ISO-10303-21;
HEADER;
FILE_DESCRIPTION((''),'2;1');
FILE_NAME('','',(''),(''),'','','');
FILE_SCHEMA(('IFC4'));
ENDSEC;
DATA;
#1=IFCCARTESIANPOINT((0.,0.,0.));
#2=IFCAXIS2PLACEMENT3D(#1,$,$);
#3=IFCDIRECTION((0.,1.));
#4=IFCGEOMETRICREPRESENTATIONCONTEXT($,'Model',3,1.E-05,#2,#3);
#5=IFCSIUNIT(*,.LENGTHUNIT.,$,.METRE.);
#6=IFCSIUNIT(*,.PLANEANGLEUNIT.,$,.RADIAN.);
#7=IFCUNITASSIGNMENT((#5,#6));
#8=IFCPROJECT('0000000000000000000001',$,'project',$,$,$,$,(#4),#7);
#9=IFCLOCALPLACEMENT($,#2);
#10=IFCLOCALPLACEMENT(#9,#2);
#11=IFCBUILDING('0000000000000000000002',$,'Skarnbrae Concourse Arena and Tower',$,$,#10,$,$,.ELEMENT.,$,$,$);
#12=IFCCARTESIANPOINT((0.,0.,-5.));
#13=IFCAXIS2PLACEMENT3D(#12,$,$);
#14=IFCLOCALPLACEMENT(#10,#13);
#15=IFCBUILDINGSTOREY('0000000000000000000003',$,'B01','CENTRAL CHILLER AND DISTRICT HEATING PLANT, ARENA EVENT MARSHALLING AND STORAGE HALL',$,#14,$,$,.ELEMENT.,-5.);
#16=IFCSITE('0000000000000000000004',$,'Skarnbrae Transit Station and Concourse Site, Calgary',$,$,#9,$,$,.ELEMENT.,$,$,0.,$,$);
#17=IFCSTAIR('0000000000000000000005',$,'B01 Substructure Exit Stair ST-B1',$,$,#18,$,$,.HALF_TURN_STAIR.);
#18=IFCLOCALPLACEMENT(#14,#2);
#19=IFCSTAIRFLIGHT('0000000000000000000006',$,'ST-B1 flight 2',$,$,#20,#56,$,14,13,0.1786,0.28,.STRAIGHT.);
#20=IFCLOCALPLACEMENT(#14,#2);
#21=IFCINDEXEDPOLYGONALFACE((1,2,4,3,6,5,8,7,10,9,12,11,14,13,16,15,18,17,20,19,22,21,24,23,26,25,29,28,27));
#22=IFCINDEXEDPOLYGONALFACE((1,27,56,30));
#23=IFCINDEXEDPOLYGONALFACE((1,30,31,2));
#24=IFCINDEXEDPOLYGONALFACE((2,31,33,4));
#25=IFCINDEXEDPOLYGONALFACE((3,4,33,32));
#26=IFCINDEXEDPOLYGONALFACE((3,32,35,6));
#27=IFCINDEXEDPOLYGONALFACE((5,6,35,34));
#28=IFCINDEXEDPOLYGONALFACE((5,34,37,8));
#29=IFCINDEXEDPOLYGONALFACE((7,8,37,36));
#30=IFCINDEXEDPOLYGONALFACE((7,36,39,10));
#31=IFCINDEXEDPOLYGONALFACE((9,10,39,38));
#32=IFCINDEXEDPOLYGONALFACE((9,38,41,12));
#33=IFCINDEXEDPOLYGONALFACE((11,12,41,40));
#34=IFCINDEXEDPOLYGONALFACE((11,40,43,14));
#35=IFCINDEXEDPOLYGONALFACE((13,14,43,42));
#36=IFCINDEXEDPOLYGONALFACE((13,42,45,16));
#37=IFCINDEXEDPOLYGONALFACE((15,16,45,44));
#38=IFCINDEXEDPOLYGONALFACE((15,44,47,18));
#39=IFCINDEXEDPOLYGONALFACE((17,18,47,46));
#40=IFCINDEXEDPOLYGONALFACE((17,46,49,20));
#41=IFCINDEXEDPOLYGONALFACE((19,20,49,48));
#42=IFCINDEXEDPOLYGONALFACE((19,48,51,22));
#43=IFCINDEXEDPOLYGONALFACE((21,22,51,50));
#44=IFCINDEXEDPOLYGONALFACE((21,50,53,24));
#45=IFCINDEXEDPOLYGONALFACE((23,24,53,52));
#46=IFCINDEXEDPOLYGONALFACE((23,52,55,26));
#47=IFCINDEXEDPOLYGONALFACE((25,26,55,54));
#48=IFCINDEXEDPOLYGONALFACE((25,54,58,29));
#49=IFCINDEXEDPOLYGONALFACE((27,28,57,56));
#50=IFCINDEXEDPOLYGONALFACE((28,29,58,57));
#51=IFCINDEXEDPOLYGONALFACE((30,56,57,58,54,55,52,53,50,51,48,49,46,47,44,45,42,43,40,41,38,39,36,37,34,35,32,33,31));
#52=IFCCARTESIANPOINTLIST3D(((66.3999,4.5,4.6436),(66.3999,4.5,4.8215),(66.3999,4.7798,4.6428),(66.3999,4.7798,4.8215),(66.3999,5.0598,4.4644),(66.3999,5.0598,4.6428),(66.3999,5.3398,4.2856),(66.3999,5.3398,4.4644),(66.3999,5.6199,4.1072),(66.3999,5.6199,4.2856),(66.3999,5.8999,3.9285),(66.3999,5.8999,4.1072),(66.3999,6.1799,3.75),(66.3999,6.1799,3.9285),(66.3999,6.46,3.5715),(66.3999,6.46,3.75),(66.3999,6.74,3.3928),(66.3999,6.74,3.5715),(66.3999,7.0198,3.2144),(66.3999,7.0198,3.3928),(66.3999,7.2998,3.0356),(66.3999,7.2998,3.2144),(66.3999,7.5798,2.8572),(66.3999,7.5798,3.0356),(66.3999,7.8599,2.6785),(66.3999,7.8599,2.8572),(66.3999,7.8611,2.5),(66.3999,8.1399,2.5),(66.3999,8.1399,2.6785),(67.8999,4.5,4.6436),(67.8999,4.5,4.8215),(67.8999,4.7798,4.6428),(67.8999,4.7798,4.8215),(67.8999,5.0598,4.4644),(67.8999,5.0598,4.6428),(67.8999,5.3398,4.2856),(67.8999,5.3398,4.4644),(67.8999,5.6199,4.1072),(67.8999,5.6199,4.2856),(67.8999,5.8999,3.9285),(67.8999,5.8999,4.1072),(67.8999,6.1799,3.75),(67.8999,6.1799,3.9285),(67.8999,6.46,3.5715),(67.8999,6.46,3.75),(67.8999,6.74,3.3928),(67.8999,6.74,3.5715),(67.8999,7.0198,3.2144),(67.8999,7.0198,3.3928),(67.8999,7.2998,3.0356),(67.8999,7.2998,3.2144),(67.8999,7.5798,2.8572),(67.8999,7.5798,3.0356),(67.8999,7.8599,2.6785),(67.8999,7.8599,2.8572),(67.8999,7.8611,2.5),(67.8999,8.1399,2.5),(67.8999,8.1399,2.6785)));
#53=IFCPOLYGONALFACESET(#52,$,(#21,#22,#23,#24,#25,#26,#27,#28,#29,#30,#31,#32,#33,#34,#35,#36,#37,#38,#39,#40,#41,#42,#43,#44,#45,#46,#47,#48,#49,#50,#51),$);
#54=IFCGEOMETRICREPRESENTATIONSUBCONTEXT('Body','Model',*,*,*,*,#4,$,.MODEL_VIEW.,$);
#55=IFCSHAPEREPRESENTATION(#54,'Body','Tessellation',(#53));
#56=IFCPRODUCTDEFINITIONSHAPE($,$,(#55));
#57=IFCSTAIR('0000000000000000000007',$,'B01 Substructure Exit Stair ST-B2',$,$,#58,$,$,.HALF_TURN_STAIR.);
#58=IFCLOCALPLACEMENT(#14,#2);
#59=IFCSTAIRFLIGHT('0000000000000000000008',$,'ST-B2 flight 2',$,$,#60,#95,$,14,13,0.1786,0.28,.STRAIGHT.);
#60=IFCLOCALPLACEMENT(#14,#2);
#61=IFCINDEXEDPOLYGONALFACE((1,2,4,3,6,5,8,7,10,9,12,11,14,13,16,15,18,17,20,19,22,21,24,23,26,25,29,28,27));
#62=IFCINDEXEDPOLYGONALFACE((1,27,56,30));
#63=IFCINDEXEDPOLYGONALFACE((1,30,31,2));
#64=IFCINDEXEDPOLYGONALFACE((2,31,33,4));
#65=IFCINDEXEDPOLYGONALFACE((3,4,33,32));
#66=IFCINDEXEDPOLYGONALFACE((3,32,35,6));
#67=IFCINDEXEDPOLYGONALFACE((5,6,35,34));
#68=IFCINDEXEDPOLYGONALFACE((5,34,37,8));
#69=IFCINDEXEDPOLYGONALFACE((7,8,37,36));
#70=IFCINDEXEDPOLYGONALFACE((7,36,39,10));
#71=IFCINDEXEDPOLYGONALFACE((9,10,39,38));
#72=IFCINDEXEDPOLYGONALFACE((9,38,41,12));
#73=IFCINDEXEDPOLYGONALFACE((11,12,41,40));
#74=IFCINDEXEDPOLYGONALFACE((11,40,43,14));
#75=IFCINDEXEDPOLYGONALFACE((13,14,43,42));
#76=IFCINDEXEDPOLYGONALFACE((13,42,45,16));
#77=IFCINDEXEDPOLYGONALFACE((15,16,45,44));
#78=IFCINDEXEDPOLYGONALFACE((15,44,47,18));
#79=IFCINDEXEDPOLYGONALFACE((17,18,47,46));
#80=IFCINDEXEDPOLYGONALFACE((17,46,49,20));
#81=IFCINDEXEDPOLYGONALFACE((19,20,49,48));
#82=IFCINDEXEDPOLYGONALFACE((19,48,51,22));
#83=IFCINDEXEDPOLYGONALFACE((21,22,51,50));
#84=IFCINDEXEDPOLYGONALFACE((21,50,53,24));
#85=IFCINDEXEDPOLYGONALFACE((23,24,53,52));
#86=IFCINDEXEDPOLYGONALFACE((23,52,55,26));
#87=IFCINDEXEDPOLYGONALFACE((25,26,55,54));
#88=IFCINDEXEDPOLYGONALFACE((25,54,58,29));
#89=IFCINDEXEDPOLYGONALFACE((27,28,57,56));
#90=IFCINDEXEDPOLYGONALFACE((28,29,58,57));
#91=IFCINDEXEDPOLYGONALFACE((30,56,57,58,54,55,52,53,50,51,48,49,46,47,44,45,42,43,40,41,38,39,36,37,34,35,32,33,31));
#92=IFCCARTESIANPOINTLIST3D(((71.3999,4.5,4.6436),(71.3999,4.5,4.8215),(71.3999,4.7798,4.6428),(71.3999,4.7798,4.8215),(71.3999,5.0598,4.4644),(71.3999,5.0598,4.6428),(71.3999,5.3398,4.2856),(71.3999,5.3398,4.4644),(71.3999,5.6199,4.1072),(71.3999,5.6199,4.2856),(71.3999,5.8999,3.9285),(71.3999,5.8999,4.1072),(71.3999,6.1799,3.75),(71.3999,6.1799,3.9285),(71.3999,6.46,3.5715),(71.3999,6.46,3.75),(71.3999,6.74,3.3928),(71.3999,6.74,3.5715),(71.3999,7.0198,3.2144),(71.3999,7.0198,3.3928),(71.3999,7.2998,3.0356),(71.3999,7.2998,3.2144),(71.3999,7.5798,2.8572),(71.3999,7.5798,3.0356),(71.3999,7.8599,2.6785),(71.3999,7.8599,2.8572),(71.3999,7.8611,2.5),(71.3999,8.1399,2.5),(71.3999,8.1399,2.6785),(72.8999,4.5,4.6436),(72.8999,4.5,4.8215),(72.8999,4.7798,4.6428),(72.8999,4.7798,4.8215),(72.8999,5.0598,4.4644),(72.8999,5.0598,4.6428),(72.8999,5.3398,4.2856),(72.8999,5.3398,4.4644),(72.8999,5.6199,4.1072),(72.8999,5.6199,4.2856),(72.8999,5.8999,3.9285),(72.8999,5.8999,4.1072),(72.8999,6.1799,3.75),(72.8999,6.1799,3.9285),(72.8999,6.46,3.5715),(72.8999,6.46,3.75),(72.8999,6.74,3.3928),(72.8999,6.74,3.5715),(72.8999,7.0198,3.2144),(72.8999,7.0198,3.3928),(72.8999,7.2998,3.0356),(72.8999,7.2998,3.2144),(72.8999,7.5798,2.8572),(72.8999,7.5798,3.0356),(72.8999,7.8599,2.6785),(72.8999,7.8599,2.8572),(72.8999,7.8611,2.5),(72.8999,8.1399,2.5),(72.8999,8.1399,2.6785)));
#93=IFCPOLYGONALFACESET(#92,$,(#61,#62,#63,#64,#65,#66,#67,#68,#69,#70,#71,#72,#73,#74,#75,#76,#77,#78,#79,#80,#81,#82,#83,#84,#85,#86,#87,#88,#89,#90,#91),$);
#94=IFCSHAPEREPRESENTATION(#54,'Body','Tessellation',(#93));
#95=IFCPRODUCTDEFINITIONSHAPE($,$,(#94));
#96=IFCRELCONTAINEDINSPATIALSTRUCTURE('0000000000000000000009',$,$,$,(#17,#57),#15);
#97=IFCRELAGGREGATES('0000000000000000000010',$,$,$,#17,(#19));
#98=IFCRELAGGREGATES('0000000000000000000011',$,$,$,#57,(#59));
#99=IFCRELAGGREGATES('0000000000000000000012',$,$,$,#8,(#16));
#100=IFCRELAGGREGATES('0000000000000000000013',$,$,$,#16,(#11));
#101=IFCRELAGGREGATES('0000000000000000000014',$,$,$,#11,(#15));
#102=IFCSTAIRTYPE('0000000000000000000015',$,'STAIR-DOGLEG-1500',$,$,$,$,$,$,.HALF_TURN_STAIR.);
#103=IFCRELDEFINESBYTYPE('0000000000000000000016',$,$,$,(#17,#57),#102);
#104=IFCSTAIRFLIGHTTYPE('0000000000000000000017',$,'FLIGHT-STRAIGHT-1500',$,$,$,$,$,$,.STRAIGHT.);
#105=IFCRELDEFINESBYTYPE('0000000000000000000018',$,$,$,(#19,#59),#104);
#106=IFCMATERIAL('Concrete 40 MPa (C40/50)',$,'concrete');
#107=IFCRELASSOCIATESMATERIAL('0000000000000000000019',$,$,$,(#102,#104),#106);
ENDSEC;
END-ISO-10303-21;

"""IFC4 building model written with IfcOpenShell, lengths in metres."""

from ifc_helpers import new_model, si_unit, direction, frame, origin, place, context, subcontext, project, spatial, polyline, outline, extrude, source, transform, mapped, material, type_object, element, aggregate, save


model = new_model("IFC4")

# Units and contexts
model_context = context("Model", 3, precision=1e-05, world=origin(), true_north=direction((0.0, 1.0)))
body_context = subcontext(model_context, "Body", "Model", "MODEL_VIEW")
ifc_project = project(units=[si_unit("LENGTHUNIT", "METRE"), si_unit("PLANEANGLEUNIT", "RADIAN")], contexts=[model_context])

# Site, building, storey
site_placement = place(None, origin())
site = spatial("IfcSite", under=ifc_project, at=site_placement, Name="Skarnbrae Transit Station and Concourse Site, Calgary", CompositionType="ELEMENT", RefElevation=0.0)
building_placement = place(site_placement, origin())
building = spatial("IfcBuilding", under=site, at=building_placement, Name="Skarnbrae Concourse Arena and Tower", CompositionType="ELEMENT")
storey_placement = place(building_placement, frame((0.0, 0.0, -5.0)))
storey = spatial("IfcBuildingStorey", under=building, at=storey_placement, Name="B01", Description="CENTRAL CHILLER AND DISTRICT HEATING PLANT, ARENA EVENT MARSHALLING AND STORAGE HALL", CompositionType="ELEMENT", Elevation=-5.0)

# Stair, stair flight
ifc_material_1 = material(Name="Concrete 40 MPa (C40/50)", Category="concrete")
stair_type = type_object("IfcStairType", Name="STAIR-DOGLEG-1500", PredefinedType="HALF_TURN_STAIR", material=ifc_material_1)
stair_1_placement = place(storey_placement, origin())
stair_1 = element("IfcStair", 1, at=stair_1_placement, inside=storey, type_object=stair_type, Name="B01 Substructure Exit Stair ST-B1", PredefinedType="HALF_TURN_STAIR")
stair_flight_type = type_object("IfcStairFlightType", Name="FLIGHT-STRAIGHT-1500", PredefinedType="STRAIGHT", material=ifc_material_1)
shared_shape_1 = source(origin(), body_context, "Body", "SweptSolid", [
    extrude(outline(polyline([(0.0, 0.0), (0.0, 0.1785), (0.28, 0.1785), (0.28, 0.3572), (0.5601, 0.3572), (0.5601, 0.5356), (0.8401, 0.5356), (0.8401, 0.7144), (1.1201, 0.7144), (1.1201, 0.8928), (1.3999, 0.8928), (1.3999, 1.0715), (1.6799, 1.0715), (1.6799, 1.25), (1.96, 1.25), (1.96, 1.4285), (2.24, 1.4285), (2.24, 1.6072), (2.52, 1.6072), (2.52, 1.7856), (2.8, 1.7856), (2.8, 1.9644), (3.0801, 1.9644), (3.0801, 2.1428), (3.3601, 2.1428), (3.3601, 2.3215), (3.6399, 2.3215), (3.6399, 2.5), (3.6399, 2.1436), (0.2788, 0.0), (0.0, 0.0)])), frame((0.0, 0.75, 0.0), z_axis=(0.0, -1.0, 0.0), x_axis=(1.0, 0.0, 0.0)), (0.0, 0.0, 1.0), 1.5),
])
stair_flight_1_placement = place(storey_placement, frame((67.1499, 8.1399, 2.5), z_axis=(0.0, 0.0, 1.0), x_axis=(0.0, -1.0, 0.0)))
stair_flight_1 = element("IfcStairFlight", 2, at=stair_flight_1_placement, type_object=stair_flight_type, Name="ST-B1 flight 2", NumberOfRisers=14, NumberOfTreads=13, PredefinedType="STRAIGHT", RiserHeight=0.1786, TreadLength=0.28, context=body_context, shape_type="MappedRepresentation", body=[
    mapped(shared_shape_1, transform((0.0, 0.0, 0.0))),
])
aggregate(stair_1, [stair_flight_1])

# Stair, stair flight
stair_2_placement = place(storey_placement, origin())
stair_2 = element("IfcStair", 3, at=stair_2_placement, inside=storey, type_object=stair_type, Name="B01 Substructure Exit Stair ST-B2", PredefinedType="HALF_TURN_STAIR")
stair_flight_2_placement = place(storey_placement, frame((72.1499, 8.1399, 2.5), z_axis=(0.0, 0.0, 1.0), x_axis=(0.0, -1.0, 0.0)))
stair_flight_2 = element("IfcStairFlight", 4, at=stair_flight_2_placement, type_object=stair_flight_type, Name="ST-B2 flight 2", NumberOfRisers=14, NumberOfTreads=13, PredefinedType="STRAIGHT", RiserHeight=0.1786, TreadLength=0.28, context=body_context, shape_type="MappedRepresentation", body=[
    mapped(shared_shape_1, transform((0.0, 0.0, 0.0))),
])
aggregate(stair_2, [stair_flight_2])

save(model, "model.ifc")
